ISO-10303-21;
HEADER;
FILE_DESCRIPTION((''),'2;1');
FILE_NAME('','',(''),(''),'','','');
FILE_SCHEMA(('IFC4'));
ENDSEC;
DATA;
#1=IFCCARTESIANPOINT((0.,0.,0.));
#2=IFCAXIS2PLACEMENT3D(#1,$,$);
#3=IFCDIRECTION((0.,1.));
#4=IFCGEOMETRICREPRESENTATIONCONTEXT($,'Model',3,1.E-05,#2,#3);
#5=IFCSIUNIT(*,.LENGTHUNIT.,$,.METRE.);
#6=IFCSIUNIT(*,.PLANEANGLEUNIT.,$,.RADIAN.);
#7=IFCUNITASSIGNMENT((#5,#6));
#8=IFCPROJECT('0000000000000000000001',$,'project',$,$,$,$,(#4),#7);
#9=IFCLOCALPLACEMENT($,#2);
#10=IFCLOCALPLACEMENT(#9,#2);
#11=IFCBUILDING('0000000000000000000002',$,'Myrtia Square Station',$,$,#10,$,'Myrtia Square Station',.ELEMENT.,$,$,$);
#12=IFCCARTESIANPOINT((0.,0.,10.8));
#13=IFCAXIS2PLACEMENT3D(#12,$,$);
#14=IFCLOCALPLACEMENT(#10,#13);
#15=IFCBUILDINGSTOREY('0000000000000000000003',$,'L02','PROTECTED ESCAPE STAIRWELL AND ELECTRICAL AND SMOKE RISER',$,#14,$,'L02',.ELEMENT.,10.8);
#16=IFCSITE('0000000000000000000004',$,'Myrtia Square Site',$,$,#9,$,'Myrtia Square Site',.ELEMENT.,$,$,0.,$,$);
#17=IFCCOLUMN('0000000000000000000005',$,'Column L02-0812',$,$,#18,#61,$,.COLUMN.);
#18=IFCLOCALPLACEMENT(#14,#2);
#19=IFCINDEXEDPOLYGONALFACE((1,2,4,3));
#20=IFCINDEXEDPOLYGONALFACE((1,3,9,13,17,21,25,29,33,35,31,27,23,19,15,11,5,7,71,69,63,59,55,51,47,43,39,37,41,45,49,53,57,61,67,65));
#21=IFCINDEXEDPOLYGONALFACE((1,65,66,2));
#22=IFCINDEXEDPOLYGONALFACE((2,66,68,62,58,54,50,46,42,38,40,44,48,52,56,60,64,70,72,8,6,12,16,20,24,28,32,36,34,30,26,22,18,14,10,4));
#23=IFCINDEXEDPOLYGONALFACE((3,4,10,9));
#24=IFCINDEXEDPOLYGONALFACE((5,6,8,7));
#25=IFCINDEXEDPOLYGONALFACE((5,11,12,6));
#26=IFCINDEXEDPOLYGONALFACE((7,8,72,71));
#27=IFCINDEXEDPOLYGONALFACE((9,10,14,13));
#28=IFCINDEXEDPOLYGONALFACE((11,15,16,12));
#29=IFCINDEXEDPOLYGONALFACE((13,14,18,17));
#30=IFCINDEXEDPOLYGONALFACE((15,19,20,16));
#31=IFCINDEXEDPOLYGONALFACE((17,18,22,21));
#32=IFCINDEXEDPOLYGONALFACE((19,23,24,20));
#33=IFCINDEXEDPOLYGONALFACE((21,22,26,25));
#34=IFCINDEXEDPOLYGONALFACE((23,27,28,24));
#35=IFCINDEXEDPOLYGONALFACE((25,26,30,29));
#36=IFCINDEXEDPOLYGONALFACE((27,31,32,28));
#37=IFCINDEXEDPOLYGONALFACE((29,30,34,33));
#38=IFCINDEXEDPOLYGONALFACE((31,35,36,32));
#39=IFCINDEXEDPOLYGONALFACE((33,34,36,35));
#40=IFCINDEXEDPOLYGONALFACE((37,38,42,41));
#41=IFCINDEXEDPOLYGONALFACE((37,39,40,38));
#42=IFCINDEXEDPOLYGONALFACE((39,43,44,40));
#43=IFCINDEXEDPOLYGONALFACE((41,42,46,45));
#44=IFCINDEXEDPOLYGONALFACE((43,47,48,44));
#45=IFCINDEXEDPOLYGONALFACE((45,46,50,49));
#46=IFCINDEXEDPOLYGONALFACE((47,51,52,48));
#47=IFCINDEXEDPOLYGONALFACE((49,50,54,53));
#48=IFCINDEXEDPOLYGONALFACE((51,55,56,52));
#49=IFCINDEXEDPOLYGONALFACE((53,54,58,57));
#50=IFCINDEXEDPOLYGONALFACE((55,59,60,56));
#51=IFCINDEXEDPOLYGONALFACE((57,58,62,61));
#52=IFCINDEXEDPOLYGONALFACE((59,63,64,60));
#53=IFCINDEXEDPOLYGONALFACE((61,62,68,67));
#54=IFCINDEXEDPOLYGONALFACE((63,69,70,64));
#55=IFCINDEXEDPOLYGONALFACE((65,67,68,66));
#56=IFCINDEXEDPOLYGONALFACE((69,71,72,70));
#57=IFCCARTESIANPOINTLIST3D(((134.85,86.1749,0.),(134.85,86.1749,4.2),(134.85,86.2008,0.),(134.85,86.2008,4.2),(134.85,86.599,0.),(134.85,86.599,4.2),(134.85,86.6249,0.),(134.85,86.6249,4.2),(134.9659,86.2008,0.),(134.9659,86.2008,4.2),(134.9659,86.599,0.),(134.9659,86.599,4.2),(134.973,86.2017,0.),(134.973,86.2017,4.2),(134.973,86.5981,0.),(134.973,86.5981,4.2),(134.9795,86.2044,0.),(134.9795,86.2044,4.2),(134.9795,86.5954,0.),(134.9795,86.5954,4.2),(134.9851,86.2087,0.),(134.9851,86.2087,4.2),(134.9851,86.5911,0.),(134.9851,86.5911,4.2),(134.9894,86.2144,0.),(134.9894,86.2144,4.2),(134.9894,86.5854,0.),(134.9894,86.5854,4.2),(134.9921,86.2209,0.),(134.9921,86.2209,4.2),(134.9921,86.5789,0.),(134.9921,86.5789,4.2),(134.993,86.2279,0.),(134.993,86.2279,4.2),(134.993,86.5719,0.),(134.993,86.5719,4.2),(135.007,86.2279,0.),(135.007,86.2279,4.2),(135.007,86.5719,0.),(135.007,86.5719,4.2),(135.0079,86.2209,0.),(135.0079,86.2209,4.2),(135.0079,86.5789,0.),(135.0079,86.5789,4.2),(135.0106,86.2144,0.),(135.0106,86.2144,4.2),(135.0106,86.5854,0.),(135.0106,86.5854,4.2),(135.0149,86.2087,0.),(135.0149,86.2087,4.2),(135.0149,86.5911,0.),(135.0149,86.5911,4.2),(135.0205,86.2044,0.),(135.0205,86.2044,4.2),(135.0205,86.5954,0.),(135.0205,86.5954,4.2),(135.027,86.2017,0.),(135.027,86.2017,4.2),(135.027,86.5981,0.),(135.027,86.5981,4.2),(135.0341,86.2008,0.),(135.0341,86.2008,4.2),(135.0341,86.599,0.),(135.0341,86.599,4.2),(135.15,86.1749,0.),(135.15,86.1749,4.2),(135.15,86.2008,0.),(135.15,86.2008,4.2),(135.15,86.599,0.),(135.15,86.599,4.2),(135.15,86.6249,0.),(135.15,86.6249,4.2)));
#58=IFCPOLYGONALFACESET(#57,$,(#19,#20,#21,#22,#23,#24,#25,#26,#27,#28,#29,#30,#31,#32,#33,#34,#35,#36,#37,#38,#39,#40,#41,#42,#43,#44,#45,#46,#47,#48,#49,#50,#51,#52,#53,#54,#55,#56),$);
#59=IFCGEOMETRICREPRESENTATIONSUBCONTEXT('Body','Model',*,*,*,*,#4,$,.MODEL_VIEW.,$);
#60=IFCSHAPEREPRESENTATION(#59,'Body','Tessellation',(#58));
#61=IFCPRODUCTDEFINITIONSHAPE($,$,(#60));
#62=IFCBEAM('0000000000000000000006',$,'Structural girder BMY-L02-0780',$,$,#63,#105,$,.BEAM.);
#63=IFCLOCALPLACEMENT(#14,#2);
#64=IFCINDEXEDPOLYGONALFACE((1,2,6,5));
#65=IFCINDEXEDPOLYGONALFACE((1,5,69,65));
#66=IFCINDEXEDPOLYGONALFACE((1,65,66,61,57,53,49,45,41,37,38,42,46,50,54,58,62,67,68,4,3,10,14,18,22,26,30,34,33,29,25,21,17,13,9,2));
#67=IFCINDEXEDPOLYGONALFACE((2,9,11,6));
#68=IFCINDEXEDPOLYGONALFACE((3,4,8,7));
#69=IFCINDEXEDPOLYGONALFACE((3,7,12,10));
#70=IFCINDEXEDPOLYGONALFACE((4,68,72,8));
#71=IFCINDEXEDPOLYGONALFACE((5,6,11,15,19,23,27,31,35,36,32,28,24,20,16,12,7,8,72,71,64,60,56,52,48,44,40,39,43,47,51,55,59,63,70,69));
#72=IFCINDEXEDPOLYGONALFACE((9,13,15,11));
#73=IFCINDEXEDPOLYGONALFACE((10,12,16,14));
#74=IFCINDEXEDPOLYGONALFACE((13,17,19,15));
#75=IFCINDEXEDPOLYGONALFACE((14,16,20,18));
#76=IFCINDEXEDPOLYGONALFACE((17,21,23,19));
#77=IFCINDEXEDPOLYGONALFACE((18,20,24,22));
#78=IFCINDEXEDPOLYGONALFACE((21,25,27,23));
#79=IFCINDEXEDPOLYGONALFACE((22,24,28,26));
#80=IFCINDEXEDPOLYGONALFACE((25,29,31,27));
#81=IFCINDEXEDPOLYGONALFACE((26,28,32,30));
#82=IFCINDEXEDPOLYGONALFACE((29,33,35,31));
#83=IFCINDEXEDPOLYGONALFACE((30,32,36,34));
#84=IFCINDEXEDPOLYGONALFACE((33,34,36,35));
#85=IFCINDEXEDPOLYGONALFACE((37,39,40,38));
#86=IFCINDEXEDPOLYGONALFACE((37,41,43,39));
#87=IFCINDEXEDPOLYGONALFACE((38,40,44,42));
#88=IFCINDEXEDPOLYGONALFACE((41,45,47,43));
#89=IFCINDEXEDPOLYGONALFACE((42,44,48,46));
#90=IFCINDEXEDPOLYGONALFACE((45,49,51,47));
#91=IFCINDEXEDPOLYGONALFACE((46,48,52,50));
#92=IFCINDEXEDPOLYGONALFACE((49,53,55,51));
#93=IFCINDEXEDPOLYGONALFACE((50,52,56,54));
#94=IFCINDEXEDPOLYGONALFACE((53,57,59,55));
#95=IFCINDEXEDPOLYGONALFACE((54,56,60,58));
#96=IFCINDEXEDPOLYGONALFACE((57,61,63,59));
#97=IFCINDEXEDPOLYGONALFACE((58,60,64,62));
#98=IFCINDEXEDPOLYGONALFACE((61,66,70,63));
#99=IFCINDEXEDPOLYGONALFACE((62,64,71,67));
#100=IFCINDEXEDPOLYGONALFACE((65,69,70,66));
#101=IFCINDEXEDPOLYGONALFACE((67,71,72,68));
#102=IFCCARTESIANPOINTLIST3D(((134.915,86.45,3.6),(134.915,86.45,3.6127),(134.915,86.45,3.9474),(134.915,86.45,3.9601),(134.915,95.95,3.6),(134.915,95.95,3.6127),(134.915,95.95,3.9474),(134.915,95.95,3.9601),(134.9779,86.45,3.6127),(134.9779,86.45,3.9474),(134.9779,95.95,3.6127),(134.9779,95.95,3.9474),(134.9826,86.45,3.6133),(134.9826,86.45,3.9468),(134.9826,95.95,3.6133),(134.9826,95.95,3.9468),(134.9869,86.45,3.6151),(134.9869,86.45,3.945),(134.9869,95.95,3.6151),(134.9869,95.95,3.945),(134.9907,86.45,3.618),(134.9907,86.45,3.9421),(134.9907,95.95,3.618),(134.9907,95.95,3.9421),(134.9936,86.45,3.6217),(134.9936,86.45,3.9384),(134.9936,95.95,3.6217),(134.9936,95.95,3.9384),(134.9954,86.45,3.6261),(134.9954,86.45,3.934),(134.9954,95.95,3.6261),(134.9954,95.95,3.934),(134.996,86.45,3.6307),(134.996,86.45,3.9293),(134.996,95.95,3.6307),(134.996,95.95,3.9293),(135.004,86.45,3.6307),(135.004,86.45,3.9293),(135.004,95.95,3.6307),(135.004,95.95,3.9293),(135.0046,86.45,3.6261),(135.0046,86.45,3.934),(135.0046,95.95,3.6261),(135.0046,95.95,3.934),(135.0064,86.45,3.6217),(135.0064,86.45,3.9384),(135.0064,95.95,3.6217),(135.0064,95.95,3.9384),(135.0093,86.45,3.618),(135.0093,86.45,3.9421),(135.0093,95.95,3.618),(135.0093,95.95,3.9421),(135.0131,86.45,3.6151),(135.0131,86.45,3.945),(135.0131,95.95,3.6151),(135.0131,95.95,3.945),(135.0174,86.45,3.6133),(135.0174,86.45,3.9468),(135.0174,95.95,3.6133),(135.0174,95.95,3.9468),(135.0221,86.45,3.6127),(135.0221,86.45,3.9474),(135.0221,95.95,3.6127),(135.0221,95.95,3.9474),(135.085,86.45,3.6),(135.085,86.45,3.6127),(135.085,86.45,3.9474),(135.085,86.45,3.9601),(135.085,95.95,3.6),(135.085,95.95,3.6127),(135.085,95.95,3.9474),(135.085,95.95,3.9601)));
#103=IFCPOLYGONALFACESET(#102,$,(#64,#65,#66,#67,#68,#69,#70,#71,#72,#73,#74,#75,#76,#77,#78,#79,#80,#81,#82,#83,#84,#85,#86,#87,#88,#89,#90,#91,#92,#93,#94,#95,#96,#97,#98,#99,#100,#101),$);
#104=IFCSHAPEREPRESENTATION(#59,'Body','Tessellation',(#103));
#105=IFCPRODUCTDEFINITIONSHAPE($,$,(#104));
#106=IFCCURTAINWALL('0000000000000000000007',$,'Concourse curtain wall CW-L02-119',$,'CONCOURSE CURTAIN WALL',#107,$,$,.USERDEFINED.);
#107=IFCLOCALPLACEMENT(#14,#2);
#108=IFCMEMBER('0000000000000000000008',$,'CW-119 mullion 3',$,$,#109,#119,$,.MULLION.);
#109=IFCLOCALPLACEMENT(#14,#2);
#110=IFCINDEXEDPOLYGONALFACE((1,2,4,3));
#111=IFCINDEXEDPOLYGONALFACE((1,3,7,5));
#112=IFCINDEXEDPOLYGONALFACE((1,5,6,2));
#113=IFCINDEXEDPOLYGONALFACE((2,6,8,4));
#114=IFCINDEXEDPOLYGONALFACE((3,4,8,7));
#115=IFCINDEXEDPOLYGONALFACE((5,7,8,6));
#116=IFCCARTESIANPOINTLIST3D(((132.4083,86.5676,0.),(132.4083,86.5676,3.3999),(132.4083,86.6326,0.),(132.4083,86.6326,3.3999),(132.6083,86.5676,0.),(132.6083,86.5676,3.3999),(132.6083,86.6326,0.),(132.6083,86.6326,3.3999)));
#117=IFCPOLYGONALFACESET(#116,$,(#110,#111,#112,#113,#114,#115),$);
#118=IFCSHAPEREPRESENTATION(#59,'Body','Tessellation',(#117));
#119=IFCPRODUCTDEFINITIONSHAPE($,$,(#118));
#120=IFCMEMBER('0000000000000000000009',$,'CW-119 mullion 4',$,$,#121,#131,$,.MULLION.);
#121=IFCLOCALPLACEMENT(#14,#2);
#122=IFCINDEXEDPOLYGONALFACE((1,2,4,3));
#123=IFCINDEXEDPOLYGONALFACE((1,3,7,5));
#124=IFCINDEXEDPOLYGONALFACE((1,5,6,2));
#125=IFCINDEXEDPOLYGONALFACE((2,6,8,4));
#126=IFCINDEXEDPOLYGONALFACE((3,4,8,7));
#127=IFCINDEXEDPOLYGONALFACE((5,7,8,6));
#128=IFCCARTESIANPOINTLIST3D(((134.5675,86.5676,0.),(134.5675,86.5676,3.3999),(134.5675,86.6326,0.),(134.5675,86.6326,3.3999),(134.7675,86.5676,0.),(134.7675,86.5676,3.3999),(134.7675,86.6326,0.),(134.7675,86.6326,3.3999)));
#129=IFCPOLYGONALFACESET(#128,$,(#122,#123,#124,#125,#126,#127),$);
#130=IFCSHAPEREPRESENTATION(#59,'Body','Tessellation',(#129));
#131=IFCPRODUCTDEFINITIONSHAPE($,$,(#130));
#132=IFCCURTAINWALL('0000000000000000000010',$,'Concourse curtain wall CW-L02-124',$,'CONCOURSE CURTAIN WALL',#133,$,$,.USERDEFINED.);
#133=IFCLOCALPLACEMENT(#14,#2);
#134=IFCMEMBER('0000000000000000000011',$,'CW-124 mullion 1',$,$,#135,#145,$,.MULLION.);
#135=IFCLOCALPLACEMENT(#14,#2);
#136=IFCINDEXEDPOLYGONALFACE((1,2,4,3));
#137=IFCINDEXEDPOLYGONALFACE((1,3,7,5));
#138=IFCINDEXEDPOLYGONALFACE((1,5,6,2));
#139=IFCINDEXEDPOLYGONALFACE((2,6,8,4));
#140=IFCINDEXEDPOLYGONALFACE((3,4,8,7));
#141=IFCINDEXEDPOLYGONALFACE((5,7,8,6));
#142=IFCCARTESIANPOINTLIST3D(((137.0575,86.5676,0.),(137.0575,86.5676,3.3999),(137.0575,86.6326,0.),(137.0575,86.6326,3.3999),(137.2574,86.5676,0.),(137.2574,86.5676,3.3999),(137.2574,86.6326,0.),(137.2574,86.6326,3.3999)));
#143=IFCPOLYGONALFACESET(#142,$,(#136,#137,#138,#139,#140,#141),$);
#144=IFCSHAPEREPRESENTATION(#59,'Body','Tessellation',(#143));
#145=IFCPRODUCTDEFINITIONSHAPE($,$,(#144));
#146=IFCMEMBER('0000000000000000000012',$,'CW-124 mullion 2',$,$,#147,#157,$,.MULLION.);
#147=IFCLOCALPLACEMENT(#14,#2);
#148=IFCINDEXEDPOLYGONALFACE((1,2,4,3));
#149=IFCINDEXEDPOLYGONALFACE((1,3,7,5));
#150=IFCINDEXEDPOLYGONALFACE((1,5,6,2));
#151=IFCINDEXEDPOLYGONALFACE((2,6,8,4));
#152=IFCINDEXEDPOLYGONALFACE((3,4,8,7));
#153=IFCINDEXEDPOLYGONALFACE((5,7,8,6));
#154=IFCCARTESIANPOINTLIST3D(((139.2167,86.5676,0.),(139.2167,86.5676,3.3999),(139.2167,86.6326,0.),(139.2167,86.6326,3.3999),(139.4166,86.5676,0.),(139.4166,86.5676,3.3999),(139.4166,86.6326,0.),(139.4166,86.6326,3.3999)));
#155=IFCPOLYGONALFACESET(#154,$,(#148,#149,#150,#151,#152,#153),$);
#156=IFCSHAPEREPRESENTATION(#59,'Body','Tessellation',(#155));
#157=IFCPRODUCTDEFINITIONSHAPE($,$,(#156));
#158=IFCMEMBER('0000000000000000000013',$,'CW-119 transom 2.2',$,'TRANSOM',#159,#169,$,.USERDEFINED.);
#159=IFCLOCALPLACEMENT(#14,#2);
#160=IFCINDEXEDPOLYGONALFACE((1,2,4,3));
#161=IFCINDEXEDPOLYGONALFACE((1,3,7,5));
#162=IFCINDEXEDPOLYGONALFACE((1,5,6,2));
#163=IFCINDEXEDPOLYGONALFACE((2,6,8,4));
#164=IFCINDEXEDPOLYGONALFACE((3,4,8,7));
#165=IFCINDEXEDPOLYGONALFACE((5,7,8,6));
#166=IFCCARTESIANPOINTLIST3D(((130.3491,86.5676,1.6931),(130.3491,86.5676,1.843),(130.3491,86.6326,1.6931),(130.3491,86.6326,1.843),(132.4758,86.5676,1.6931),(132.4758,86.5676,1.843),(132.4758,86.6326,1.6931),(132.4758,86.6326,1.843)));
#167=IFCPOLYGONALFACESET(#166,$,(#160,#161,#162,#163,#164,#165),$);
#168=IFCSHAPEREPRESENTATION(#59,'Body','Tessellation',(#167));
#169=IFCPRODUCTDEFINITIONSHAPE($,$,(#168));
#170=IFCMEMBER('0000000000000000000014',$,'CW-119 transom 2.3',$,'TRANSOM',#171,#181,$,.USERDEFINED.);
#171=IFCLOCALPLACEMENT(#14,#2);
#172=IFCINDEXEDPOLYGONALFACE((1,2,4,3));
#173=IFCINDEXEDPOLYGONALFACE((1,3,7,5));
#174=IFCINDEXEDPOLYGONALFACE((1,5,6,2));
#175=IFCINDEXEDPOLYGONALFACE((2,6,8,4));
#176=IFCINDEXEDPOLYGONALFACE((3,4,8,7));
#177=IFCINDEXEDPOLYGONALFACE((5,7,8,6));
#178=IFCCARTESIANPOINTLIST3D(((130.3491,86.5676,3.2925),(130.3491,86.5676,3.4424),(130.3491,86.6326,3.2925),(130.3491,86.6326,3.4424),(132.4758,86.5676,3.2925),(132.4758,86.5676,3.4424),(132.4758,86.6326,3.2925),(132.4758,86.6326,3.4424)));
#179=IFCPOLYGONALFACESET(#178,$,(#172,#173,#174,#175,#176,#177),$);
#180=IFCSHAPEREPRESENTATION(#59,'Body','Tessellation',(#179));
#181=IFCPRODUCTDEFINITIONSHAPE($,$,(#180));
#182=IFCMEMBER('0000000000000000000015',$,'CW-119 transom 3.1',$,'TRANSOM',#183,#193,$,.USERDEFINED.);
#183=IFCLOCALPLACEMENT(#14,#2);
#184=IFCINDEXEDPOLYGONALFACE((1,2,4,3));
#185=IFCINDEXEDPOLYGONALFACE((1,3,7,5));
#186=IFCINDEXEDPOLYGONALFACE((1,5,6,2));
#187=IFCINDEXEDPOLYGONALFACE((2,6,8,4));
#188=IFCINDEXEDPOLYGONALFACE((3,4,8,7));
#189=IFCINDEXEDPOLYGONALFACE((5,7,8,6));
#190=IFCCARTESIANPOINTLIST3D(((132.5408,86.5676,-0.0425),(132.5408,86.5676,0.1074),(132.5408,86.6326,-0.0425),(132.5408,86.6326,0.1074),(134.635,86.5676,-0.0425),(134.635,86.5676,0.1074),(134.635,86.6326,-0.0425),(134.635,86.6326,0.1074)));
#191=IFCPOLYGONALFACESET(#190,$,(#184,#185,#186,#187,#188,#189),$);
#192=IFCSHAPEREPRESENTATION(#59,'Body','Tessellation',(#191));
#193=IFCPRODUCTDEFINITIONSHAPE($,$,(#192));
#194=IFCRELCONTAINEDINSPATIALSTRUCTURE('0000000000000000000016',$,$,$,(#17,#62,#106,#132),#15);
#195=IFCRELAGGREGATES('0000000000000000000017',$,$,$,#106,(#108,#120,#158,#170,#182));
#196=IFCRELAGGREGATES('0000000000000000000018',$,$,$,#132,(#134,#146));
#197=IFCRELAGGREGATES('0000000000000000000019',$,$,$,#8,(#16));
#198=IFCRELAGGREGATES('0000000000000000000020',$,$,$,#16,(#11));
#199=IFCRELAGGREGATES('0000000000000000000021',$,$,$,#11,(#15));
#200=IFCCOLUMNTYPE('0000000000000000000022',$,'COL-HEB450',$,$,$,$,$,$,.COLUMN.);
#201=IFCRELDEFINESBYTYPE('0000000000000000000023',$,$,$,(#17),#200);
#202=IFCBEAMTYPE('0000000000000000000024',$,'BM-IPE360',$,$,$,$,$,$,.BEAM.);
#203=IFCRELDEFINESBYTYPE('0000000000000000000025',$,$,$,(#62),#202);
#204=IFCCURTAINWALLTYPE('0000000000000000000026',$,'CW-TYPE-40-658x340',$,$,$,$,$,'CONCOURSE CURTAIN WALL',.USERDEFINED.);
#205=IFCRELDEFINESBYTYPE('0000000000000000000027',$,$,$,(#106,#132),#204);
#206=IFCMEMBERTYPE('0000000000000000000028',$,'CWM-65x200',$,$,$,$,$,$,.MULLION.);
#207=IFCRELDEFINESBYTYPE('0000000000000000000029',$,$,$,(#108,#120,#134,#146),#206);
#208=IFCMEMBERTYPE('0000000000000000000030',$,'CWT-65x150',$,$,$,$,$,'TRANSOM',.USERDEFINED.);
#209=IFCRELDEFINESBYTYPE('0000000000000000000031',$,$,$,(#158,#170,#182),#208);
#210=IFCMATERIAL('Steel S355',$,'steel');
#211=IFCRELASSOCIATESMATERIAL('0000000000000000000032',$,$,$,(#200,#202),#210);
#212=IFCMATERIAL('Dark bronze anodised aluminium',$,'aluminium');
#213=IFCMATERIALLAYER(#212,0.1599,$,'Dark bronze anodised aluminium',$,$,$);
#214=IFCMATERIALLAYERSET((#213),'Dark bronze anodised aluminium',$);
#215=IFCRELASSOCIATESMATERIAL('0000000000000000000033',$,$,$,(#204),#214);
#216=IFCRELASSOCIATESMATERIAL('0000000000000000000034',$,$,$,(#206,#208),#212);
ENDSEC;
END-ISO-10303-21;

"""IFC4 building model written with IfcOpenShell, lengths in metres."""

from ifc_helpers import new_model, si_unit, direction, frame, origin, origin_2d, place, context, subcontext, project, spatial, rectangle, i_section, extrude, material, layer, layer_set, material_profile, profile_set, type_object, element, aggregate, save


model = new_model("IFC4")

# Units and contexts
model_context = context("Model", 3, precision=1e-05, world=origin(), true_north=direction((0.0, 1.0)))
body_context = subcontext(model_context, "Body", "Model", "MODEL_VIEW")
ifc_project = project(units=[si_unit("LENGTHUNIT", "METRE"), si_unit("PLANEANGLEUNIT", "RADIAN")], contexts=[model_context])

# Site, building, storey
site_placement = place(None, origin())
site = spatial("IfcSite", under=ifc_project, at=site_placement, Name="Myrtia Square Site", LongName="Myrtia Square Site", CompositionType="ELEMENT", RefElevation=0.0)
building_placement = place(site_placement, origin())
building = spatial("IfcBuilding", under=site, at=building_placement, Name="Myrtia Square Station", LongName="Myrtia Square Station", CompositionType="ELEMENT")
storey_placement = place(building_placement, frame((0.0, 0.0, 10.8)))
storey = spatial("IfcBuildingStorey", under=building, at=storey_placement, Name="L02", Description="PROTECTED ESCAPE STAIRWELL AND ELECTRICAL AND SMOKE RISER", LongName="L02", CompositionType="ELEMENT", Elevation=10.8)

# Column
ifc_material_1 = material(Name="Steel S355", Category="steel")
ifc_material_profile_1 = material_profile(ifc_material_1, i_section(OverallWidth=0.3, OverallDepth=0.45, WebThickness=0.0139, FlangeThickness=0.0259, FilletRadius=0.0271, at=origin_2d()), Name="HEB 450")
ifc_profile_set_1 = profile_set([ifc_material_profile_1], Name="Steel S355")
column_type = type_object("IfcColumnType", Name="COL-HEB450", PredefinedType="COLUMN", material=ifc_profile_set_1)
column_placement = place(storey_placement, frame((135.0, 86.3999, 0.0), z_axis=(0.0, 0.0, 1.0), x_axis=(1.0, 0.0, 0.0)))
element("IfcColumn", 1, at=column_placement, inside=storey, type_object=column_type, Name="Column L02-0812", PredefinedType="COLUMN", context=body_context, shape_type="SweptSolid", body=[
    extrude(i_section(OverallWidth=0.3, OverallDepth=0.45, WebThickness=0.0139, FlangeThickness=0.0259, FilletRadius=0.0271, at=origin_2d()), origin(), (0.0, 0.0, 1.0), 4.2),
])

# Beam
ifc_material_profile_2 = material_profile(ifc_material_1, i_section(OverallWidth=0.1699, OverallDepth=0.3601, WebThickness=0.0081, FlangeThickness=0.0127, FilletRadius=0.0181, at=origin_2d()), Name="IPE 360")
ifc_profile_set_2 = profile_set([ifc_material_profile_2], Name="Steel S355")
beam_type_1 = type_object("IfcBeamType", Name="BM-IPE360", PredefinedType="BEAM", material=ifc_profile_set_2)
beam_1_placement = place(storey_placement, frame((135.0, 86.45, 3.78), z_axis=(0.0, 1.0, 0.0), x_axis=(-1.0, 0.0, 0.0)))
element("IfcBeam", 2, at=beam_1_placement, inside=storey, type_object=beam_type_1, Name="Structural girder BMY-L02-0780", PredefinedType="BEAM", context=body_context, shape_type="SweptSolid", body=[
    extrude(i_section(OverallWidth=0.1699, OverallDepth=0.3601, WebThickness=0.0081, FlangeThickness=0.0127, FilletRadius=0.0181, at=origin_2d()), origin(), (0.0, 0.0, 1.0), 9.5),
])

# Curtain walls, members
ifc_material_2 = material(Name="Dark bronze anodised aluminium", Category="aluminium")
ifc_layer_1 = layer(ifc_material_2, 0.1599, Name="Dark bronze anodised aluminium")
ifc_layer_set_1 = layer_set([ifc_layer_1], Name="Dark bronze anodised aluminium")
curtain_wall_type = type_object("IfcCurtainWallType", Name="CW-TYPE-40-658x340", ElementType="CONCOURSE CURTAIN WALL", PredefinedType="USERDEFINED", material=ifc_layer_set_1)
curtain_wall_1_placement = place(storey_placement, origin())
curtain_wall_1 = element("IfcCurtainWall", 3, at=curtain_wall_1_placement, inside=storey, type_object=curtain_wall_type, Name="Concourse curtain wall CW-L02-119", ObjectType="CONCOURSE CURTAIN WALL", PredefinedType="USERDEFINED")
ifc_material_profile_3 = material_profile(ifc_material_2, rectangle(XDim=0.0649, YDim=0.2, at=origin_2d()), Name="ALU-M 65x200")
ifc_profile_set_3 = profile_set([ifc_material_profile_3], Name="Dark bronze anodised aluminium")
member_type_1 = type_object("IfcMemberType", Name="CWM-65x200", PredefinedType="MULLION", material=ifc_profile_set_3)
member_1_placement = place(storey_placement, frame((132.5083, 86.6001, 0.0), z_axis=(0.0, 0.0, 1.0), x_axis=(0.0, 1.0, 0.0)))
member_1 = element("IfcMember", 4, at=member_1_placement, type_object=member_type_1, Name="CW-119 mullion 3", PredefinedType="MULLION", context=body_context, shape_type="SweptSolid", body=[
    extrude(rectangle(XDim=0.0649, YDim=0.2, at=origin_2d()), origin(), (0.0, 0.0, 1.0), 3.3999),
])
member_2_placement = place(storey_placement, frame((134.6675, 86.6001, 0.0), z_axis=(0.0, 0.0, 1.0), x_axis=(0.0, 1.0, 0.0)))
member_2 = element("IfcMember", 5, at=member_2_placement, type_object=member_type_1, Name="CW-119 mullion 4", PredefinedType="MULLION", context=body_context, shape_type="SweptSolid", body=[
    extrude(rectangle(XDim=0.0649, YDim=0.2, at=origin_2d()), origin(), (0.0, 0.0, 1.0), 3.3999),
])
curtain_wall_2_placement = place(storey_placement, origin())
curtain_wall_2 = element("IfcCurtainWall", 6, at=curtain_wall_2_placement, inside=storey, type_object=curtain_wall_type, Name="Concourse curtain wall CW-L02-124", ObjectType="CONCOURSE CURTAIN WALL", PredefinedType="USERDEFINED")
member_3_placement = place(storey_placement, frame((137.1575, 86.6001, 0.0), z_axis=(0.0, 0.0, 1.0), x_axis=(0.0, 1.0, 0.0)))
member_3 = element("IfcMember", 7, at=member_3_placement, type_object=member_type_1, Name="CW-124 mullion 1", PredefinedType="MULLION", context=body_context, shape_type="SweptSolid", body=[
    extrude(rectangle(XDim=0.0649, YDim=0.2, at=origin_2d()), origin(), (0.0, 0.0, 1.0), 3.3999),
])
member_4_placement = place(storey_placement, frame((139.3167, 86.6001, 0.0), z_axis=(0.0, 0.0, 1.0), x_axis=(0.0, 1.0, 0.0)))
member_4 = element("IfcMember", 8, at=member_4_placement, type_object=member_type_1, Name="CW-124 mullion 2", PredefinedType="MULLION", context=body_context, shape_type="SweptSolid", body=[
    extrude(rectangle(XDim=0.0649, YDim=0.2, at=origin_2d()), origin(), (0.0, 0.0, 1.0), 3.3999),
])

# Members
ifc_material_profile_4 = material_profile(ifc_material_2, rectangle(XDim=0.0649, YDim=0.1499, at=origin_2d()), Name="ALU-T 65x150")
ifc_profile_set_4 = profile_set([ifc_material_profile_4], Name="Dark bronze anodised aluminium")
member_type_2 = type_object("IfcMemberType", Name="CWT-65x150", ElementType="TRANSOM", PredefinedType="USERDEFINED", material=ifc_profile_set_4)
member_5_placement = place(storey_placement, frame((130.3491, 86.6001, 1.7681), z_axis=(1.0, 0.0, 0.0), x_axis=(0.0, 1.0, 0.0)))
member_5 = element("IfcMember", 9, at=member_5_placement, type_object=member_type_2, Name="CW-119 transom 2.2", ObjectType="TRANSOM", PredefinedType="USERDEFINED", context=body_context, shape_type="SweptSolid", body=[
    extrude(rectangle(XDim=0.0649, YDim=0.1499, at=origin_2d()), origin(), (0.0, 0.0, 1.0), 2.1267),
])
member_6_placement = place(storey_placement, frame((130.3491, 86.6001, 3.3674), z_axis=(1.0, 0.0, 0.0), x_axis=(0.0, 1.0, 0.0)))
member_6 = element("IfcMember", 10, at=member_6_placement, type_object=member_type_2, Name="CW-119 transom 2.3", ObjectType="TRANSOM", PredefinedType="USERDEFINED", context=body_context, shape_type="SweptSolid", body=[
    extrude(rectangle(XDim=0.0649, YDim=0.1499, at=origin_2d()), origin(), (0.0, 0.0, 1.0), 2.1267),
])
member_7_placement = place(storey_placement, frame((132.5408, 86.6001, 0.0325), z_axis=(1.0, 0.0, 0.0), x_axis=(0.0, 1.0, 0.0)))
member_7 = element("IfcMember", 11, at=member_7_placement, type_object=member_type_2, Name="CW-119 transom 3.1", ObjectType="TRANSOM", PredefinedType="USERDEFINED", context=body_context, shape_type="SweptSolid", body=[
    extrude(rectangle(XDim=0.0649, YDim=0.1499, at=origin_2d()), origin(), (0.0, 0.0, 1.0), 2.0942),
])

aggregate(curtain_wall_1, [member_1, member_2, member_5, member_6, member_7])
aggregate(curtain_wall_2, [member_3, member_4])

save(model, "model.ifc")
